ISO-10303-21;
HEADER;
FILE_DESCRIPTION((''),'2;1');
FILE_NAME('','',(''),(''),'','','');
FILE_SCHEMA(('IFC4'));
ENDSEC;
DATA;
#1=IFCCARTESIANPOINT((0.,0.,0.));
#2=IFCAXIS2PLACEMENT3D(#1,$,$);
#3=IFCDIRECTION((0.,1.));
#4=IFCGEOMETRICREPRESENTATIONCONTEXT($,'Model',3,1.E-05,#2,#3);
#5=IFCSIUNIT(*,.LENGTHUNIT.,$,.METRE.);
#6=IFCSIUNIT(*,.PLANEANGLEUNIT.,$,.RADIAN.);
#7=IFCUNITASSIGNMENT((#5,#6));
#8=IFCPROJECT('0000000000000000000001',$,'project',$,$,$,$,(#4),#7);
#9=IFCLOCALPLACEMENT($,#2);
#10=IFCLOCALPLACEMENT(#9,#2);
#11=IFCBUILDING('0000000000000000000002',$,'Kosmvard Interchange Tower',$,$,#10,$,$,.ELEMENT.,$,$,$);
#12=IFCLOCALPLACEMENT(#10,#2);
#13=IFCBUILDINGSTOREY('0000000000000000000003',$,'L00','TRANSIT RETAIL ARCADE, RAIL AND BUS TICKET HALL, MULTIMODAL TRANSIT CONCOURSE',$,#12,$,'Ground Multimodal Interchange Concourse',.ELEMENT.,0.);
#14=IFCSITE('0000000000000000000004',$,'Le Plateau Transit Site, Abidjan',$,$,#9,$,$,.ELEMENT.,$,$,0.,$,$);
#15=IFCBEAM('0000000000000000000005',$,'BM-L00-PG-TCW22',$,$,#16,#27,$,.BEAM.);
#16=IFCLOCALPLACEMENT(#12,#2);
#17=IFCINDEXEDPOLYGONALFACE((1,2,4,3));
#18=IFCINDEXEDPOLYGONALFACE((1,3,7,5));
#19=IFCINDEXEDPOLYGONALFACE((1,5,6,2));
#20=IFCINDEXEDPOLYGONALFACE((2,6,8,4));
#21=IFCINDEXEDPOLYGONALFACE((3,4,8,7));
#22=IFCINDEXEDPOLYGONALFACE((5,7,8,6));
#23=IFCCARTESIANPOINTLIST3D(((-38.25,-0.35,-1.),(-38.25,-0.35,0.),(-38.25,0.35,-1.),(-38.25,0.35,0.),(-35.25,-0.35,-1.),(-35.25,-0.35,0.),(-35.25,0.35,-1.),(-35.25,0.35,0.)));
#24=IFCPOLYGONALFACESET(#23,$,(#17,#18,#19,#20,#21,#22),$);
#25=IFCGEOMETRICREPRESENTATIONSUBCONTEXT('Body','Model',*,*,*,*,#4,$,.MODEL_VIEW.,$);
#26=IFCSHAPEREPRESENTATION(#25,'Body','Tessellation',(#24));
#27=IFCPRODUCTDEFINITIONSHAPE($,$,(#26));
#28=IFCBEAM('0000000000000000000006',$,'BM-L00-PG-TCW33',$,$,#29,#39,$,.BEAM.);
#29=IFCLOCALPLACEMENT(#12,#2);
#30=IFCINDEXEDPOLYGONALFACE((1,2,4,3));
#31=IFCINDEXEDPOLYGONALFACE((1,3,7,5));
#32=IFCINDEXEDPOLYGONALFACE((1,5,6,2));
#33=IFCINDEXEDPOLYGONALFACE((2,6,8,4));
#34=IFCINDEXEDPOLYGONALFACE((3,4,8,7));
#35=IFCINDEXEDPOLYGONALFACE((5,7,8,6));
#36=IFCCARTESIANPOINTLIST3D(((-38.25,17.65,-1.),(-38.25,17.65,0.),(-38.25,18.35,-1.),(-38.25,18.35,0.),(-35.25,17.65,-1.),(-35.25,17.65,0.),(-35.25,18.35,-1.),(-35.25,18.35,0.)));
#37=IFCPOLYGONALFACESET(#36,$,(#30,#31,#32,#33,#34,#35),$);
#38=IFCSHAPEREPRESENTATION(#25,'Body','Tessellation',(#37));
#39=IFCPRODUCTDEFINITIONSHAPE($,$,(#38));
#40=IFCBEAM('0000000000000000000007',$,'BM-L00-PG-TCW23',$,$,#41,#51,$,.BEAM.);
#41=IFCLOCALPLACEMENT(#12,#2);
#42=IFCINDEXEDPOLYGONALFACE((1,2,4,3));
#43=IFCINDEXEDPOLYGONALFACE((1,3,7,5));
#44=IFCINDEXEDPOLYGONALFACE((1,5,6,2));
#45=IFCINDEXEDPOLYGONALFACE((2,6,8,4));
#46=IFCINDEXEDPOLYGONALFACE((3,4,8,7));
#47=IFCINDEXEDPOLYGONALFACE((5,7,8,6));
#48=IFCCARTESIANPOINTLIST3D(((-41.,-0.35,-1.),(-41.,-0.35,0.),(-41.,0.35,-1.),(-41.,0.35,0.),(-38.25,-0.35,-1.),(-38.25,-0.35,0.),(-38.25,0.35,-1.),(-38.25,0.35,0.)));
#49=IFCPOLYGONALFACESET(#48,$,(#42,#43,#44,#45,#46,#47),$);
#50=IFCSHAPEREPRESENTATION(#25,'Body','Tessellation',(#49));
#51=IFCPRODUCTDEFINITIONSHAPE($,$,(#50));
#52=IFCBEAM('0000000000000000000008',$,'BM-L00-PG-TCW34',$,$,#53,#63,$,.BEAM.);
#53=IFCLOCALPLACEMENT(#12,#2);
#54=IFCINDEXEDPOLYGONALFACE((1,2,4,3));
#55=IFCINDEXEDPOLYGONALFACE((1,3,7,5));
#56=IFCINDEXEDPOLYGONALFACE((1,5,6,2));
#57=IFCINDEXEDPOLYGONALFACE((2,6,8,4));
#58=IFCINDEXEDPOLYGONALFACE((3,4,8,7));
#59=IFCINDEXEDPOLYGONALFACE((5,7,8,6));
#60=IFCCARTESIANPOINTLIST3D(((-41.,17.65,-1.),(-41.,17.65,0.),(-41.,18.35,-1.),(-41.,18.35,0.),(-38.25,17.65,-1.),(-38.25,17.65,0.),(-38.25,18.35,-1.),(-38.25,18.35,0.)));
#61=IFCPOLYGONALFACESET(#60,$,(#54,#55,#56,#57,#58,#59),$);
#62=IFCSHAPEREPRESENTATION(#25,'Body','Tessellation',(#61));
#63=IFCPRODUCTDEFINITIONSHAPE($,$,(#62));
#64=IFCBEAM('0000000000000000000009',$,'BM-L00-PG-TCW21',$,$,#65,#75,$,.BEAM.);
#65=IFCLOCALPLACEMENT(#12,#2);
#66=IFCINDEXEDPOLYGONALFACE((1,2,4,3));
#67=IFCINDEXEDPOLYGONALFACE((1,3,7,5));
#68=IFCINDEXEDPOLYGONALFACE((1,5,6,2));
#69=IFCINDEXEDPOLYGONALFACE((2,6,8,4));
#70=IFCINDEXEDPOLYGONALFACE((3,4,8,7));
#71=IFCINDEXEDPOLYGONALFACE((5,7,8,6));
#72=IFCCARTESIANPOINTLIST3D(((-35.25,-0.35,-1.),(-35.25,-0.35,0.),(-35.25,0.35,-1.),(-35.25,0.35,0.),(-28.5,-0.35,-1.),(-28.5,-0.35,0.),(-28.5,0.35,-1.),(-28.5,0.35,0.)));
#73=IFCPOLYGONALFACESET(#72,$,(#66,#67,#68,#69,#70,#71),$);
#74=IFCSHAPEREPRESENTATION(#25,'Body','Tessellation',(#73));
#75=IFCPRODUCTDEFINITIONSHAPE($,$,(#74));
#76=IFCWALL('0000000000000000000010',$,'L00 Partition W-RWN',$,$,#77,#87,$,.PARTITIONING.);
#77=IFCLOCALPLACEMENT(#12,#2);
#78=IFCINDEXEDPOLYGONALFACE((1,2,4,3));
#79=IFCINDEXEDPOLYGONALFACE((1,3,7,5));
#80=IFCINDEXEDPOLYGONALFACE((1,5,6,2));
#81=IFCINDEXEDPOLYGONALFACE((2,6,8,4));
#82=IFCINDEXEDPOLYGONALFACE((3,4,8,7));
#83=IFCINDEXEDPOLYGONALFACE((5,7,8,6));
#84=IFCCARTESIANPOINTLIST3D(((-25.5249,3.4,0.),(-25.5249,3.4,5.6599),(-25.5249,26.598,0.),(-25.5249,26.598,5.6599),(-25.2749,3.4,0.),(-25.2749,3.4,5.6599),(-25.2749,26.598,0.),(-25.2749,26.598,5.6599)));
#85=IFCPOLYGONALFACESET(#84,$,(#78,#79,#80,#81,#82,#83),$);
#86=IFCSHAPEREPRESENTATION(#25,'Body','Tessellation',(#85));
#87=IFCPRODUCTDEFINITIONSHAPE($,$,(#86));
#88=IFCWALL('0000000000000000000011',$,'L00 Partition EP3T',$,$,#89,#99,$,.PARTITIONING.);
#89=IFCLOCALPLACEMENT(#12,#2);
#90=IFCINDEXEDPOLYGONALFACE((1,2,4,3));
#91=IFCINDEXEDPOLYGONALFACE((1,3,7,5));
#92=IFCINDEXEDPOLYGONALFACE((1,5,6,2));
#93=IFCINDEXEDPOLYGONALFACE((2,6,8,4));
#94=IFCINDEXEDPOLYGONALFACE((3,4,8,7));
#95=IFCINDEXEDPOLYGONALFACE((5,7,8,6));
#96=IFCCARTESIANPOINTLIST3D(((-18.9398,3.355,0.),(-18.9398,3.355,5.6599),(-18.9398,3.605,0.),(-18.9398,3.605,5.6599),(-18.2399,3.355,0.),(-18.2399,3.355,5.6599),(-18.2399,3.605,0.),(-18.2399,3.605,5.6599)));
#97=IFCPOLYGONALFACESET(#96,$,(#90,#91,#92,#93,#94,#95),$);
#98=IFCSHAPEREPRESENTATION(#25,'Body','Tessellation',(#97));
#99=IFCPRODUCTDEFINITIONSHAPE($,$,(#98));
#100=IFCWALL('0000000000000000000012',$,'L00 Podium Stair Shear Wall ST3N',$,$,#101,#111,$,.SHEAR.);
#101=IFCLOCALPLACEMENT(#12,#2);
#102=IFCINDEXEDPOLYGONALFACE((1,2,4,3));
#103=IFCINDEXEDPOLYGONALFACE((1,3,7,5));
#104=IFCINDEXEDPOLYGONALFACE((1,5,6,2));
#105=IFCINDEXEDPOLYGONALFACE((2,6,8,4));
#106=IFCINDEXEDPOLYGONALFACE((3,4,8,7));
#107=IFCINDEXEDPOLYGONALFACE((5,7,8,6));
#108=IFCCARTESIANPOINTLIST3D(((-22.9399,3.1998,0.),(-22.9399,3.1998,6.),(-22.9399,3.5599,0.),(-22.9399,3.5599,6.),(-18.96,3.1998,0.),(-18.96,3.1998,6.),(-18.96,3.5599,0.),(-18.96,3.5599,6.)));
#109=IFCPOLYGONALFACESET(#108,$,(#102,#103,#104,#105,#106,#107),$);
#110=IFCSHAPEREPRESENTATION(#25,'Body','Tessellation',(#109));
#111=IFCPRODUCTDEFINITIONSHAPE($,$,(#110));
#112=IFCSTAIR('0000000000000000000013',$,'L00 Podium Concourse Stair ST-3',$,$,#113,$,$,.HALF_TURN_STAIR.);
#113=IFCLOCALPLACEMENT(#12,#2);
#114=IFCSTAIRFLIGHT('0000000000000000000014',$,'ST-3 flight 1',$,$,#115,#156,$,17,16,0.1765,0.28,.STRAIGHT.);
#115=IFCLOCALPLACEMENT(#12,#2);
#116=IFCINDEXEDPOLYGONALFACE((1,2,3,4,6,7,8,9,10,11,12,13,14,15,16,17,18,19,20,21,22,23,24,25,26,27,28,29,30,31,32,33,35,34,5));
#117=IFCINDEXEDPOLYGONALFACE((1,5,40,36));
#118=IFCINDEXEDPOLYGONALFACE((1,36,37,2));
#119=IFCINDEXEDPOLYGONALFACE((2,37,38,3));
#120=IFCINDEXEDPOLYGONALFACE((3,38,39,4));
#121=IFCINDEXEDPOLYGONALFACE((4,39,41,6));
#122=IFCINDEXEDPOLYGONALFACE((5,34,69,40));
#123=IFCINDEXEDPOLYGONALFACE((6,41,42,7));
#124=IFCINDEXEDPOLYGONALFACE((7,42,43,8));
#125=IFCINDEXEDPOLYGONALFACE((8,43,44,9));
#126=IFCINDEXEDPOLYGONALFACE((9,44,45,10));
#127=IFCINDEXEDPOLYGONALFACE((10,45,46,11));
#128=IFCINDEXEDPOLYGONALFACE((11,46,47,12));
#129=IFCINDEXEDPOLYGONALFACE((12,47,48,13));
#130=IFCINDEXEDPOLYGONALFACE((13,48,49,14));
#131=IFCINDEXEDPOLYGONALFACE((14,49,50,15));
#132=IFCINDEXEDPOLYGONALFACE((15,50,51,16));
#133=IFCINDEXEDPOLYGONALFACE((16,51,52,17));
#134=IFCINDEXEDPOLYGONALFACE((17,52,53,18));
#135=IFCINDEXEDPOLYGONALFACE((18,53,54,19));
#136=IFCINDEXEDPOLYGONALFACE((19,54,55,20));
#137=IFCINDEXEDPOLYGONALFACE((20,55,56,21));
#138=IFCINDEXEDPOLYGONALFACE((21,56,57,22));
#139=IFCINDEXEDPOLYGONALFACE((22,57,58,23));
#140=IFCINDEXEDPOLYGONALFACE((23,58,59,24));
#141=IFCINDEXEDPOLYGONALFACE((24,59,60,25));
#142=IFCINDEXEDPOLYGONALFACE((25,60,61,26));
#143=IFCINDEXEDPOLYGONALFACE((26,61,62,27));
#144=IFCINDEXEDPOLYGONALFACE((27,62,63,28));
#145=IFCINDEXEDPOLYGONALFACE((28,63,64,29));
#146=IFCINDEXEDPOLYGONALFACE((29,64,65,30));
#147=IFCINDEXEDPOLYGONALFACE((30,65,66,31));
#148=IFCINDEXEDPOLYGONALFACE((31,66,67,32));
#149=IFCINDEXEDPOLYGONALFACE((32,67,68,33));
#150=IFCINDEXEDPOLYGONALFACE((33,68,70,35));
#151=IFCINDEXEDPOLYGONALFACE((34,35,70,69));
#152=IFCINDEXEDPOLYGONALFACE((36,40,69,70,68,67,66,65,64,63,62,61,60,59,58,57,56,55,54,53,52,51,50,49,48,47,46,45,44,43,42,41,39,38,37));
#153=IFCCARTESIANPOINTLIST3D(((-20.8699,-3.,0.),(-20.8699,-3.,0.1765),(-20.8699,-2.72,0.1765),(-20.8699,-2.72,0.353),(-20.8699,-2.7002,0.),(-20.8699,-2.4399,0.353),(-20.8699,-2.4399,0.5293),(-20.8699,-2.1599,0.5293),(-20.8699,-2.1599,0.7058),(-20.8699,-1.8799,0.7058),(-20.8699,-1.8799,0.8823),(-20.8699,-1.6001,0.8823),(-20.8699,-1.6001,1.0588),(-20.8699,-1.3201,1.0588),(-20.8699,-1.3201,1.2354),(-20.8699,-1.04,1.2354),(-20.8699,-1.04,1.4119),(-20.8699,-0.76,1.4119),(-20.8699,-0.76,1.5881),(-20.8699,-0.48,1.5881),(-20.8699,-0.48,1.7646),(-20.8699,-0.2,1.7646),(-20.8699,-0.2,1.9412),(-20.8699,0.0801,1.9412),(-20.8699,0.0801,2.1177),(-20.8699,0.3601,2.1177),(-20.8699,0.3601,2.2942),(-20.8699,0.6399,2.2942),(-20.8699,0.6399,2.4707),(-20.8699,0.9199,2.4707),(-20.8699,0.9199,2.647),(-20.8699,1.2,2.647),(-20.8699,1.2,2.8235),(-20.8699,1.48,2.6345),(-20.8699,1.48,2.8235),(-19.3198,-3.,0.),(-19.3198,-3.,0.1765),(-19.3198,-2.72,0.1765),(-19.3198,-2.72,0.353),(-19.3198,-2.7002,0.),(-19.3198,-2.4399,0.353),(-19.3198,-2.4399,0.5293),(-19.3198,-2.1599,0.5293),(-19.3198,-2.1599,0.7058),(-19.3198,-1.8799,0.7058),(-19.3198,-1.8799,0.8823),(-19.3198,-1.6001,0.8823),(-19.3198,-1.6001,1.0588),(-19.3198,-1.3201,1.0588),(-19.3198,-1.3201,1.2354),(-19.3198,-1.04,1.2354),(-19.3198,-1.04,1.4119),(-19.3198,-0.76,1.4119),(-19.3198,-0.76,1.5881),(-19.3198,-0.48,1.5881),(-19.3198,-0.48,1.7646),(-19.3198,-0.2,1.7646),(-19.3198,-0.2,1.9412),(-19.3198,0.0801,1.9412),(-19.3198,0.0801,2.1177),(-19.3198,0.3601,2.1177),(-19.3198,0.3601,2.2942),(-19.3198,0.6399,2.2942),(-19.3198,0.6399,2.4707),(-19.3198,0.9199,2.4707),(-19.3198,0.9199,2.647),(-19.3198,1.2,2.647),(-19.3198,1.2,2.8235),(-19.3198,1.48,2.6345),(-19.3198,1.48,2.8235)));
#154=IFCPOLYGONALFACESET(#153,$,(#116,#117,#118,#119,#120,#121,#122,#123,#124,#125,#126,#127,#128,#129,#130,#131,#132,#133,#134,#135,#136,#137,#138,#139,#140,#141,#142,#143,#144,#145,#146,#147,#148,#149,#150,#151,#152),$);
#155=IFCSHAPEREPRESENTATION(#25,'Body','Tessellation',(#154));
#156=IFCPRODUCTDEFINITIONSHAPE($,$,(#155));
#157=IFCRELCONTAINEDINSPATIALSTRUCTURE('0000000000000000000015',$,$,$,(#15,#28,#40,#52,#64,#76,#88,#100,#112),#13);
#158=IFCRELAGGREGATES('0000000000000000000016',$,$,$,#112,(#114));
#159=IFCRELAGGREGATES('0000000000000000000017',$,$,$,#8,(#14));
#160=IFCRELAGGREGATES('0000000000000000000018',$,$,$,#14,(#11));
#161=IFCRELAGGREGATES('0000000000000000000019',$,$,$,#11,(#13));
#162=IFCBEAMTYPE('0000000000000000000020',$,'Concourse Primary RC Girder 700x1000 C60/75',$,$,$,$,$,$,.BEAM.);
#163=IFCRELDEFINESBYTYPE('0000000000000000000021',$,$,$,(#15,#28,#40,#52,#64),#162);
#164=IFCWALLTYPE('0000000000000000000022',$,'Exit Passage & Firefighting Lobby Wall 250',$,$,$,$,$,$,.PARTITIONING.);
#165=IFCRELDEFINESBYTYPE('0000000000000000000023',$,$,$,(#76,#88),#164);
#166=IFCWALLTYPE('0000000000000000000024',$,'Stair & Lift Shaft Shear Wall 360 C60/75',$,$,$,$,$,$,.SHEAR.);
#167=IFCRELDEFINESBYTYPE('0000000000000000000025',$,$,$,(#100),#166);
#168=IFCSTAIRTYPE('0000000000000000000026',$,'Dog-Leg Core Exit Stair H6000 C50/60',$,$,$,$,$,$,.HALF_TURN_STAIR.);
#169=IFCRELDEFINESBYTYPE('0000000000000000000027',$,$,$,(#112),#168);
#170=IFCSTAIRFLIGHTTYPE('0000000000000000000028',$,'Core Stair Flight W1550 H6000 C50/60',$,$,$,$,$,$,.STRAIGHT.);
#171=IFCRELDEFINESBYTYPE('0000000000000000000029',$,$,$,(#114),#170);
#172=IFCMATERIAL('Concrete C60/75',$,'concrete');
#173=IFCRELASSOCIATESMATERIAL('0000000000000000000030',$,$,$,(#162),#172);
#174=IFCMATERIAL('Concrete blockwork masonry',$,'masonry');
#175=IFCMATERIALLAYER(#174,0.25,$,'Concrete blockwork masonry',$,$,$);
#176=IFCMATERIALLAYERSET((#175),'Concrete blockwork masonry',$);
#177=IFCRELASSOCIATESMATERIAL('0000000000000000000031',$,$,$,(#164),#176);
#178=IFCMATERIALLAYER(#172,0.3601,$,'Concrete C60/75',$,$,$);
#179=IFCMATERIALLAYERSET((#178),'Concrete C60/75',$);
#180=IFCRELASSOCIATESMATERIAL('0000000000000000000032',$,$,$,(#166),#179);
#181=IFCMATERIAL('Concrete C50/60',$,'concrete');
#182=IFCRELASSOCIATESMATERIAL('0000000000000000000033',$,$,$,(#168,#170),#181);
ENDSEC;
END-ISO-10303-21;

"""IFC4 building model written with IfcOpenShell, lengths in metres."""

from ifc_helpers import new_model, si_unit, direction, frame, frame_2d, origin, origin_2d, place, context, subcontext, project, spatial, polyline, rectangle, outline, extrude, source, transform, mapped, material, layer, layer_set, material_profile, profile_set, type_object, element, aggregate, save


model = new_model("IFC4")

# Units and contexts
model_context = context("Model", 3, precision=1e-05, world=origin(), true_north=direction((0.0, 1.0)))
body_context = subcontext(model_context, "Body", "Model", "MODEL_VIEW")
ifc_project = project(units=[si_unit("LENGTHUNIT", "METRE"), si_unit("PLANEANGLEUNIT", "RADIAN")], contexts=[model_context])

# Site, building, storey
site_placement = place(None, origin())
site = spatial("IfcSite", under=ifc_project, at=site_placement, Name="Le Plateau Transit Site, Abidjan", CompositionType="ELEMENT", RefElevation=0.0)
building_placement = place(site_placement, origin())
building = spatial("IfcBuilding", under=site, at=building_placement, Name="Kosmvard Interchange Tower", CompositionType="ELEMENT")
storey_placement = place(building_placement, origin())
storey = spatial("IfcBuildingStorey", under=building, at=storey_placement, Name="L00", Description="TRANSIT RETAIL ARCADE, RAIL AND BUS TICKET HALL, MULTIMODAL TRANSIT CONCOURSE", LongName="Ground Multimodal Interchange Concourse", CompositionType="ELEMENT", Elevation=0.0)

# Shared definitions
ifc_material_1 = material(Name="Concrete C60/75", Category="concrete")

# Beams
ifc_material_profile_1 = material_profile(ifc_material_1, rectangle(XDim=0.7, YDim=1.0, at=origin_2d()), Name="RCG 700x1000")
ifc_profile_set_1 = profile_set([ifc_material_profile_1], Name="Concrete C60/75")
beam_type_1 = type_object("IfcBeamType", Name="Concourse Primary RC Girder 700x1000 C60/75", PredefinedType="BEAM", material=ifc_profile_set_1)
shared_shape_1 = source(origin(), body_context, "Body", "SweptSolid", [
    extrude(rectangle(XDim=0.7, YDim=1.0, at=origin_2d()), origin(), (0.0, 0.0, 1.0), 3.0),
])
for number, where, z_axis, x_axis, name in (
    (1, (-35.25, 0.0, -0.5), (-1.0, 0.0, 0.0), (0.0, -1.0, 0.0), "BM-L00-PG-TCW22"),
    (2, (-35.25, 18.0, -0.5), (-1.0, 0.0, 0.0), (0.0, -1.0, 0.0), "BM-L00-PG-TCW33"),
):
    element("IfcBeam", number, at=place(storey_placement, frame(where, z_axis=z_axis, x_axis=x_axis)), inside=storey, type_object=beam_type_1, Name=name, PredefinedType="BEAM", context=body_context, shape_type="MappedRepresentation", body=[
        mapped(shared_shape_1, transform((0.0, 0.0, 0.0), scale=1.0)),
    ])
shared_shape_2 = source(origin(), body_context, "Body", "SweptSolid", [
    extrude(rectangle(XDim=0.7, YDim=1.0, at=origin_2d()), origin(), (0.0, 0.0, 1.0), 2.75),
])
for number, where, z_axis, x_axis, name in (
    (3, (-38.25, 0.0, -0.5), (-1.0, 0.0, 0.0), (0.0, -1.0, 0.0), "BM-L00-PG-TCW23"),
    (4, (-38.25, 18.0, -0.5), (-1.0, 0.0, 0.0), (0.0, -1.0, 0.0), "BM-L00-PG-TCW34"),
):
    element("IfcBeam", number, at=place(storey_placement, frame(where, z_axis=z_axis, x_axis=x_axis)), inside=storey, type_object=beam_type_1, Name=name, PredefinedType="BEAM", context=body_context, shape_type="MappedRepresentation", body=[
        mapped(shared_shape_2, transform((0.0, 0.0, 0.0), scale=1.0)),
    ])
shared_shape_3 = source(origin(), body_context, "Body", "SweptSolid", [
    extrude(rectangle(XDim=0.7, YDim=1.0, at=origin_2d()), origin(), (0.0, 0.0, 1.0), 6.75),
])
beam_1_placement = place(storey_placement, frame((-28.5, 0.0, -0.5), z_axis=(-1.0, 0.0, 0.0), x_axis=(0.0, -1.0, 0.0)))
element("IfcBeam", 5, at=beam_1_placement, inside=storey, type_object=beam_type_1, Name="BM-L00-PG-TCW21", PredefinedType="BEAM", context=body_context, shape_type="MappedRepresentation", body=[
    mapped(shared_shape_3, transform((0.0, 0.0, 0.0), scale=1.0)),
])

# Walls
ifc_material_2 = material(Name="Concrete blockwork masonry", Category="masonry")
ifc_layer_1 = layer(ifc_material_2, 0.25, Name="Concrete blockwork masonry")
ifc_layer_set_1 = layer_set([ifc_layer_1], Name="Concrete blockwork masonry")
wall_type_1 = type_object("IfcWallType", Name="Exit Passage & Firefighting Lobby Wall 250", PredefinedType="PARTITIONING", material=ifc_layer_set_1)
wall_1_placement = place(storey_placement, frame((-25.3999, 3.3999, 0.0), z_axis=(0.0, 0.0, 1.0), x_axis=(0.0, 1.0, 0.0)))
element("IfcWall", 6, at=wall_1_placement, inside=storey, type_object=wall_type_1, Name="L00 Partition W-RWN", PredefinedType="PARTITIONING", context=body_context, shape_type="SweptSolid", body=[
    extrude(rectangle(XDim=23.198, YDim=0.25, at=frame_2d((11.5991, 0.0))), origin(), (0.0, 0.0, 1.0), 5.6599),
])
wall_2_placement = place(storey_placement, frame((-18.9399, 3.48, 0.0), z_axis=(0.0, 0.0, 1.0), x_axis=(1.0, 0.0, 0.0)))
element("IfcWall", 7, at=wall_2_placement, inside=storey, type_object=wall_type_1, Name="L00 Partition EP3T", PredefinedType="PARTITIONING", context=body_context, shape_type="SweptSolid", body=[
    extrude(rectangle(XDim=0.7, YDim=0.25, at=frame_2d((0.3501, 0.0))), origin(), (0.0, 0.0, 1.0), 5.6599),
])
ifc_layer_2 = layer(ifc_material_1, 0.3601, Name="Concrete C60/75")
ifc_layer_set_2 = layer_set([ifc_layer_2], Name="Concrete C60/75")
wall_type_2 = type_object("IfcWallType", Name="Stair & Lift Shaft Shear Wall 360 C60/75", PredefinedType="SHEAR", material=ifc_layer_set_2)
wall_3_placement = place(storey_placement, frame((-22.9399, 3.3799, 0.0), z_axis=(0.0, 0.0, 1.0), x_axis=(1.0, 0.0, 0.0)))
element("IfcWall", 8, at=wall_3_placement, inside=storey, type_object=wall_type_2, Name="L00 Podium Stair Shear Wall ST3N", PredefinedType="SHEAR", context=body_context, shape_type="SweptSolid", body=[
    extrude(rectangle(XDim=3.98, YDim=0.3601, at=frame_2d((1.99, 0.0))), origin(), (0.0, 0.0, 1.0), 6.0),
])

# Stair, stair flight
ifc_material_3 = material(Name="Concrete C50/60", Category="concrete")
stair_type = type_object("IfcStairType", Name="Dog-Leg Core Exit Stair H6000 C50/60", PredefinedType="HALF_TURN_STAIR", material=ifc_material_3)
stair_placement = place(storey_placement, origin())
stair = element("IfcStair", 9, at=stair_placement, inside=storey, type_object=stair_type, Name="L00 Podium Concourse Stair ST-3", PredefinedType="HALF_TURN_STAIR")
stair_flight_type = type_object("IfcStairFlightType", Name="Core Stair Flight W1550 H6000 C50/60", PredefinedType="STRAIGHT", material=ifc_material_3)
shared_shape_4 = source(origin(), body_context, "Body", "SweptSolid", [
    extrude(outline(polyline([(0.0, 0.0), (0.0, 0.1765), (0.28, 0.1765), (0.28, 0.353), (0.5601, 0.353), (0.5601, 0.5293), (0.8401, 0.5293), (0.8401, 0.7058), (1.1201, 0.7058), (1.1201, 0.8823), (1.3999, 0.8823), (1.3999, 1.0588), (1.6799, 1.0588), (1.6799, 1.2354), (1.96, 1.2354), (1.96, 1.4119), (2.24, 1.4119), (2.24, 1.5881), (2.52, 1.5881), (2.52, 1.7646), (2.8, 1.7646), (2.8, 1.9412), (3.0801, 1.9412), (3.0801, 2.1177), (3.3601, 2.1177), (3.3601, 2.2942), (3.6399, 2.2942), (3.6399, 2.4707), (3.9199, 2.4707), (3.9199, 2.647), (4.2, 2.647), (4.2, 2.8235), (4.48, 2.8235), (4.48, 3.0), (4.48, 2.6345), (0.2998, 0.0), (0.0, 0.0)])), frame((0.0, 0.7749, 0.0), z_axis=(0.0, -1.0, 0.0), x_axis=(1.0, 0.0, 0.0)), (0.0, 0.0, 1.0), 1.55),
])
stair_flight_1_placement = place(storey_placement, frame((-20.095, -3.0, 0.0), z_axis=(0.0, 0.0, 1.0), x_axis=(0.0, 1.0, 0.0)))
stair_flight_1 = element("IfcStairFlight", 10, at=stair_flight_1_placement, type_object=stair_flight_type, Name="ST-3 flight 1", NumberOfRisers=17, NumberOfTreads=16, PredefinedType="STRAIGHT", RiserHeight=0.1765, TreadLength=0.28, context=body_context, shape_type="MappedRepresentation", body=[
    mapped(shared_shape_4, transform((0.0, 0.0, 0.0), scale=1.0)),
])
aggregate(stair, [stair_flight_1])

save(model, "model.ifc")
